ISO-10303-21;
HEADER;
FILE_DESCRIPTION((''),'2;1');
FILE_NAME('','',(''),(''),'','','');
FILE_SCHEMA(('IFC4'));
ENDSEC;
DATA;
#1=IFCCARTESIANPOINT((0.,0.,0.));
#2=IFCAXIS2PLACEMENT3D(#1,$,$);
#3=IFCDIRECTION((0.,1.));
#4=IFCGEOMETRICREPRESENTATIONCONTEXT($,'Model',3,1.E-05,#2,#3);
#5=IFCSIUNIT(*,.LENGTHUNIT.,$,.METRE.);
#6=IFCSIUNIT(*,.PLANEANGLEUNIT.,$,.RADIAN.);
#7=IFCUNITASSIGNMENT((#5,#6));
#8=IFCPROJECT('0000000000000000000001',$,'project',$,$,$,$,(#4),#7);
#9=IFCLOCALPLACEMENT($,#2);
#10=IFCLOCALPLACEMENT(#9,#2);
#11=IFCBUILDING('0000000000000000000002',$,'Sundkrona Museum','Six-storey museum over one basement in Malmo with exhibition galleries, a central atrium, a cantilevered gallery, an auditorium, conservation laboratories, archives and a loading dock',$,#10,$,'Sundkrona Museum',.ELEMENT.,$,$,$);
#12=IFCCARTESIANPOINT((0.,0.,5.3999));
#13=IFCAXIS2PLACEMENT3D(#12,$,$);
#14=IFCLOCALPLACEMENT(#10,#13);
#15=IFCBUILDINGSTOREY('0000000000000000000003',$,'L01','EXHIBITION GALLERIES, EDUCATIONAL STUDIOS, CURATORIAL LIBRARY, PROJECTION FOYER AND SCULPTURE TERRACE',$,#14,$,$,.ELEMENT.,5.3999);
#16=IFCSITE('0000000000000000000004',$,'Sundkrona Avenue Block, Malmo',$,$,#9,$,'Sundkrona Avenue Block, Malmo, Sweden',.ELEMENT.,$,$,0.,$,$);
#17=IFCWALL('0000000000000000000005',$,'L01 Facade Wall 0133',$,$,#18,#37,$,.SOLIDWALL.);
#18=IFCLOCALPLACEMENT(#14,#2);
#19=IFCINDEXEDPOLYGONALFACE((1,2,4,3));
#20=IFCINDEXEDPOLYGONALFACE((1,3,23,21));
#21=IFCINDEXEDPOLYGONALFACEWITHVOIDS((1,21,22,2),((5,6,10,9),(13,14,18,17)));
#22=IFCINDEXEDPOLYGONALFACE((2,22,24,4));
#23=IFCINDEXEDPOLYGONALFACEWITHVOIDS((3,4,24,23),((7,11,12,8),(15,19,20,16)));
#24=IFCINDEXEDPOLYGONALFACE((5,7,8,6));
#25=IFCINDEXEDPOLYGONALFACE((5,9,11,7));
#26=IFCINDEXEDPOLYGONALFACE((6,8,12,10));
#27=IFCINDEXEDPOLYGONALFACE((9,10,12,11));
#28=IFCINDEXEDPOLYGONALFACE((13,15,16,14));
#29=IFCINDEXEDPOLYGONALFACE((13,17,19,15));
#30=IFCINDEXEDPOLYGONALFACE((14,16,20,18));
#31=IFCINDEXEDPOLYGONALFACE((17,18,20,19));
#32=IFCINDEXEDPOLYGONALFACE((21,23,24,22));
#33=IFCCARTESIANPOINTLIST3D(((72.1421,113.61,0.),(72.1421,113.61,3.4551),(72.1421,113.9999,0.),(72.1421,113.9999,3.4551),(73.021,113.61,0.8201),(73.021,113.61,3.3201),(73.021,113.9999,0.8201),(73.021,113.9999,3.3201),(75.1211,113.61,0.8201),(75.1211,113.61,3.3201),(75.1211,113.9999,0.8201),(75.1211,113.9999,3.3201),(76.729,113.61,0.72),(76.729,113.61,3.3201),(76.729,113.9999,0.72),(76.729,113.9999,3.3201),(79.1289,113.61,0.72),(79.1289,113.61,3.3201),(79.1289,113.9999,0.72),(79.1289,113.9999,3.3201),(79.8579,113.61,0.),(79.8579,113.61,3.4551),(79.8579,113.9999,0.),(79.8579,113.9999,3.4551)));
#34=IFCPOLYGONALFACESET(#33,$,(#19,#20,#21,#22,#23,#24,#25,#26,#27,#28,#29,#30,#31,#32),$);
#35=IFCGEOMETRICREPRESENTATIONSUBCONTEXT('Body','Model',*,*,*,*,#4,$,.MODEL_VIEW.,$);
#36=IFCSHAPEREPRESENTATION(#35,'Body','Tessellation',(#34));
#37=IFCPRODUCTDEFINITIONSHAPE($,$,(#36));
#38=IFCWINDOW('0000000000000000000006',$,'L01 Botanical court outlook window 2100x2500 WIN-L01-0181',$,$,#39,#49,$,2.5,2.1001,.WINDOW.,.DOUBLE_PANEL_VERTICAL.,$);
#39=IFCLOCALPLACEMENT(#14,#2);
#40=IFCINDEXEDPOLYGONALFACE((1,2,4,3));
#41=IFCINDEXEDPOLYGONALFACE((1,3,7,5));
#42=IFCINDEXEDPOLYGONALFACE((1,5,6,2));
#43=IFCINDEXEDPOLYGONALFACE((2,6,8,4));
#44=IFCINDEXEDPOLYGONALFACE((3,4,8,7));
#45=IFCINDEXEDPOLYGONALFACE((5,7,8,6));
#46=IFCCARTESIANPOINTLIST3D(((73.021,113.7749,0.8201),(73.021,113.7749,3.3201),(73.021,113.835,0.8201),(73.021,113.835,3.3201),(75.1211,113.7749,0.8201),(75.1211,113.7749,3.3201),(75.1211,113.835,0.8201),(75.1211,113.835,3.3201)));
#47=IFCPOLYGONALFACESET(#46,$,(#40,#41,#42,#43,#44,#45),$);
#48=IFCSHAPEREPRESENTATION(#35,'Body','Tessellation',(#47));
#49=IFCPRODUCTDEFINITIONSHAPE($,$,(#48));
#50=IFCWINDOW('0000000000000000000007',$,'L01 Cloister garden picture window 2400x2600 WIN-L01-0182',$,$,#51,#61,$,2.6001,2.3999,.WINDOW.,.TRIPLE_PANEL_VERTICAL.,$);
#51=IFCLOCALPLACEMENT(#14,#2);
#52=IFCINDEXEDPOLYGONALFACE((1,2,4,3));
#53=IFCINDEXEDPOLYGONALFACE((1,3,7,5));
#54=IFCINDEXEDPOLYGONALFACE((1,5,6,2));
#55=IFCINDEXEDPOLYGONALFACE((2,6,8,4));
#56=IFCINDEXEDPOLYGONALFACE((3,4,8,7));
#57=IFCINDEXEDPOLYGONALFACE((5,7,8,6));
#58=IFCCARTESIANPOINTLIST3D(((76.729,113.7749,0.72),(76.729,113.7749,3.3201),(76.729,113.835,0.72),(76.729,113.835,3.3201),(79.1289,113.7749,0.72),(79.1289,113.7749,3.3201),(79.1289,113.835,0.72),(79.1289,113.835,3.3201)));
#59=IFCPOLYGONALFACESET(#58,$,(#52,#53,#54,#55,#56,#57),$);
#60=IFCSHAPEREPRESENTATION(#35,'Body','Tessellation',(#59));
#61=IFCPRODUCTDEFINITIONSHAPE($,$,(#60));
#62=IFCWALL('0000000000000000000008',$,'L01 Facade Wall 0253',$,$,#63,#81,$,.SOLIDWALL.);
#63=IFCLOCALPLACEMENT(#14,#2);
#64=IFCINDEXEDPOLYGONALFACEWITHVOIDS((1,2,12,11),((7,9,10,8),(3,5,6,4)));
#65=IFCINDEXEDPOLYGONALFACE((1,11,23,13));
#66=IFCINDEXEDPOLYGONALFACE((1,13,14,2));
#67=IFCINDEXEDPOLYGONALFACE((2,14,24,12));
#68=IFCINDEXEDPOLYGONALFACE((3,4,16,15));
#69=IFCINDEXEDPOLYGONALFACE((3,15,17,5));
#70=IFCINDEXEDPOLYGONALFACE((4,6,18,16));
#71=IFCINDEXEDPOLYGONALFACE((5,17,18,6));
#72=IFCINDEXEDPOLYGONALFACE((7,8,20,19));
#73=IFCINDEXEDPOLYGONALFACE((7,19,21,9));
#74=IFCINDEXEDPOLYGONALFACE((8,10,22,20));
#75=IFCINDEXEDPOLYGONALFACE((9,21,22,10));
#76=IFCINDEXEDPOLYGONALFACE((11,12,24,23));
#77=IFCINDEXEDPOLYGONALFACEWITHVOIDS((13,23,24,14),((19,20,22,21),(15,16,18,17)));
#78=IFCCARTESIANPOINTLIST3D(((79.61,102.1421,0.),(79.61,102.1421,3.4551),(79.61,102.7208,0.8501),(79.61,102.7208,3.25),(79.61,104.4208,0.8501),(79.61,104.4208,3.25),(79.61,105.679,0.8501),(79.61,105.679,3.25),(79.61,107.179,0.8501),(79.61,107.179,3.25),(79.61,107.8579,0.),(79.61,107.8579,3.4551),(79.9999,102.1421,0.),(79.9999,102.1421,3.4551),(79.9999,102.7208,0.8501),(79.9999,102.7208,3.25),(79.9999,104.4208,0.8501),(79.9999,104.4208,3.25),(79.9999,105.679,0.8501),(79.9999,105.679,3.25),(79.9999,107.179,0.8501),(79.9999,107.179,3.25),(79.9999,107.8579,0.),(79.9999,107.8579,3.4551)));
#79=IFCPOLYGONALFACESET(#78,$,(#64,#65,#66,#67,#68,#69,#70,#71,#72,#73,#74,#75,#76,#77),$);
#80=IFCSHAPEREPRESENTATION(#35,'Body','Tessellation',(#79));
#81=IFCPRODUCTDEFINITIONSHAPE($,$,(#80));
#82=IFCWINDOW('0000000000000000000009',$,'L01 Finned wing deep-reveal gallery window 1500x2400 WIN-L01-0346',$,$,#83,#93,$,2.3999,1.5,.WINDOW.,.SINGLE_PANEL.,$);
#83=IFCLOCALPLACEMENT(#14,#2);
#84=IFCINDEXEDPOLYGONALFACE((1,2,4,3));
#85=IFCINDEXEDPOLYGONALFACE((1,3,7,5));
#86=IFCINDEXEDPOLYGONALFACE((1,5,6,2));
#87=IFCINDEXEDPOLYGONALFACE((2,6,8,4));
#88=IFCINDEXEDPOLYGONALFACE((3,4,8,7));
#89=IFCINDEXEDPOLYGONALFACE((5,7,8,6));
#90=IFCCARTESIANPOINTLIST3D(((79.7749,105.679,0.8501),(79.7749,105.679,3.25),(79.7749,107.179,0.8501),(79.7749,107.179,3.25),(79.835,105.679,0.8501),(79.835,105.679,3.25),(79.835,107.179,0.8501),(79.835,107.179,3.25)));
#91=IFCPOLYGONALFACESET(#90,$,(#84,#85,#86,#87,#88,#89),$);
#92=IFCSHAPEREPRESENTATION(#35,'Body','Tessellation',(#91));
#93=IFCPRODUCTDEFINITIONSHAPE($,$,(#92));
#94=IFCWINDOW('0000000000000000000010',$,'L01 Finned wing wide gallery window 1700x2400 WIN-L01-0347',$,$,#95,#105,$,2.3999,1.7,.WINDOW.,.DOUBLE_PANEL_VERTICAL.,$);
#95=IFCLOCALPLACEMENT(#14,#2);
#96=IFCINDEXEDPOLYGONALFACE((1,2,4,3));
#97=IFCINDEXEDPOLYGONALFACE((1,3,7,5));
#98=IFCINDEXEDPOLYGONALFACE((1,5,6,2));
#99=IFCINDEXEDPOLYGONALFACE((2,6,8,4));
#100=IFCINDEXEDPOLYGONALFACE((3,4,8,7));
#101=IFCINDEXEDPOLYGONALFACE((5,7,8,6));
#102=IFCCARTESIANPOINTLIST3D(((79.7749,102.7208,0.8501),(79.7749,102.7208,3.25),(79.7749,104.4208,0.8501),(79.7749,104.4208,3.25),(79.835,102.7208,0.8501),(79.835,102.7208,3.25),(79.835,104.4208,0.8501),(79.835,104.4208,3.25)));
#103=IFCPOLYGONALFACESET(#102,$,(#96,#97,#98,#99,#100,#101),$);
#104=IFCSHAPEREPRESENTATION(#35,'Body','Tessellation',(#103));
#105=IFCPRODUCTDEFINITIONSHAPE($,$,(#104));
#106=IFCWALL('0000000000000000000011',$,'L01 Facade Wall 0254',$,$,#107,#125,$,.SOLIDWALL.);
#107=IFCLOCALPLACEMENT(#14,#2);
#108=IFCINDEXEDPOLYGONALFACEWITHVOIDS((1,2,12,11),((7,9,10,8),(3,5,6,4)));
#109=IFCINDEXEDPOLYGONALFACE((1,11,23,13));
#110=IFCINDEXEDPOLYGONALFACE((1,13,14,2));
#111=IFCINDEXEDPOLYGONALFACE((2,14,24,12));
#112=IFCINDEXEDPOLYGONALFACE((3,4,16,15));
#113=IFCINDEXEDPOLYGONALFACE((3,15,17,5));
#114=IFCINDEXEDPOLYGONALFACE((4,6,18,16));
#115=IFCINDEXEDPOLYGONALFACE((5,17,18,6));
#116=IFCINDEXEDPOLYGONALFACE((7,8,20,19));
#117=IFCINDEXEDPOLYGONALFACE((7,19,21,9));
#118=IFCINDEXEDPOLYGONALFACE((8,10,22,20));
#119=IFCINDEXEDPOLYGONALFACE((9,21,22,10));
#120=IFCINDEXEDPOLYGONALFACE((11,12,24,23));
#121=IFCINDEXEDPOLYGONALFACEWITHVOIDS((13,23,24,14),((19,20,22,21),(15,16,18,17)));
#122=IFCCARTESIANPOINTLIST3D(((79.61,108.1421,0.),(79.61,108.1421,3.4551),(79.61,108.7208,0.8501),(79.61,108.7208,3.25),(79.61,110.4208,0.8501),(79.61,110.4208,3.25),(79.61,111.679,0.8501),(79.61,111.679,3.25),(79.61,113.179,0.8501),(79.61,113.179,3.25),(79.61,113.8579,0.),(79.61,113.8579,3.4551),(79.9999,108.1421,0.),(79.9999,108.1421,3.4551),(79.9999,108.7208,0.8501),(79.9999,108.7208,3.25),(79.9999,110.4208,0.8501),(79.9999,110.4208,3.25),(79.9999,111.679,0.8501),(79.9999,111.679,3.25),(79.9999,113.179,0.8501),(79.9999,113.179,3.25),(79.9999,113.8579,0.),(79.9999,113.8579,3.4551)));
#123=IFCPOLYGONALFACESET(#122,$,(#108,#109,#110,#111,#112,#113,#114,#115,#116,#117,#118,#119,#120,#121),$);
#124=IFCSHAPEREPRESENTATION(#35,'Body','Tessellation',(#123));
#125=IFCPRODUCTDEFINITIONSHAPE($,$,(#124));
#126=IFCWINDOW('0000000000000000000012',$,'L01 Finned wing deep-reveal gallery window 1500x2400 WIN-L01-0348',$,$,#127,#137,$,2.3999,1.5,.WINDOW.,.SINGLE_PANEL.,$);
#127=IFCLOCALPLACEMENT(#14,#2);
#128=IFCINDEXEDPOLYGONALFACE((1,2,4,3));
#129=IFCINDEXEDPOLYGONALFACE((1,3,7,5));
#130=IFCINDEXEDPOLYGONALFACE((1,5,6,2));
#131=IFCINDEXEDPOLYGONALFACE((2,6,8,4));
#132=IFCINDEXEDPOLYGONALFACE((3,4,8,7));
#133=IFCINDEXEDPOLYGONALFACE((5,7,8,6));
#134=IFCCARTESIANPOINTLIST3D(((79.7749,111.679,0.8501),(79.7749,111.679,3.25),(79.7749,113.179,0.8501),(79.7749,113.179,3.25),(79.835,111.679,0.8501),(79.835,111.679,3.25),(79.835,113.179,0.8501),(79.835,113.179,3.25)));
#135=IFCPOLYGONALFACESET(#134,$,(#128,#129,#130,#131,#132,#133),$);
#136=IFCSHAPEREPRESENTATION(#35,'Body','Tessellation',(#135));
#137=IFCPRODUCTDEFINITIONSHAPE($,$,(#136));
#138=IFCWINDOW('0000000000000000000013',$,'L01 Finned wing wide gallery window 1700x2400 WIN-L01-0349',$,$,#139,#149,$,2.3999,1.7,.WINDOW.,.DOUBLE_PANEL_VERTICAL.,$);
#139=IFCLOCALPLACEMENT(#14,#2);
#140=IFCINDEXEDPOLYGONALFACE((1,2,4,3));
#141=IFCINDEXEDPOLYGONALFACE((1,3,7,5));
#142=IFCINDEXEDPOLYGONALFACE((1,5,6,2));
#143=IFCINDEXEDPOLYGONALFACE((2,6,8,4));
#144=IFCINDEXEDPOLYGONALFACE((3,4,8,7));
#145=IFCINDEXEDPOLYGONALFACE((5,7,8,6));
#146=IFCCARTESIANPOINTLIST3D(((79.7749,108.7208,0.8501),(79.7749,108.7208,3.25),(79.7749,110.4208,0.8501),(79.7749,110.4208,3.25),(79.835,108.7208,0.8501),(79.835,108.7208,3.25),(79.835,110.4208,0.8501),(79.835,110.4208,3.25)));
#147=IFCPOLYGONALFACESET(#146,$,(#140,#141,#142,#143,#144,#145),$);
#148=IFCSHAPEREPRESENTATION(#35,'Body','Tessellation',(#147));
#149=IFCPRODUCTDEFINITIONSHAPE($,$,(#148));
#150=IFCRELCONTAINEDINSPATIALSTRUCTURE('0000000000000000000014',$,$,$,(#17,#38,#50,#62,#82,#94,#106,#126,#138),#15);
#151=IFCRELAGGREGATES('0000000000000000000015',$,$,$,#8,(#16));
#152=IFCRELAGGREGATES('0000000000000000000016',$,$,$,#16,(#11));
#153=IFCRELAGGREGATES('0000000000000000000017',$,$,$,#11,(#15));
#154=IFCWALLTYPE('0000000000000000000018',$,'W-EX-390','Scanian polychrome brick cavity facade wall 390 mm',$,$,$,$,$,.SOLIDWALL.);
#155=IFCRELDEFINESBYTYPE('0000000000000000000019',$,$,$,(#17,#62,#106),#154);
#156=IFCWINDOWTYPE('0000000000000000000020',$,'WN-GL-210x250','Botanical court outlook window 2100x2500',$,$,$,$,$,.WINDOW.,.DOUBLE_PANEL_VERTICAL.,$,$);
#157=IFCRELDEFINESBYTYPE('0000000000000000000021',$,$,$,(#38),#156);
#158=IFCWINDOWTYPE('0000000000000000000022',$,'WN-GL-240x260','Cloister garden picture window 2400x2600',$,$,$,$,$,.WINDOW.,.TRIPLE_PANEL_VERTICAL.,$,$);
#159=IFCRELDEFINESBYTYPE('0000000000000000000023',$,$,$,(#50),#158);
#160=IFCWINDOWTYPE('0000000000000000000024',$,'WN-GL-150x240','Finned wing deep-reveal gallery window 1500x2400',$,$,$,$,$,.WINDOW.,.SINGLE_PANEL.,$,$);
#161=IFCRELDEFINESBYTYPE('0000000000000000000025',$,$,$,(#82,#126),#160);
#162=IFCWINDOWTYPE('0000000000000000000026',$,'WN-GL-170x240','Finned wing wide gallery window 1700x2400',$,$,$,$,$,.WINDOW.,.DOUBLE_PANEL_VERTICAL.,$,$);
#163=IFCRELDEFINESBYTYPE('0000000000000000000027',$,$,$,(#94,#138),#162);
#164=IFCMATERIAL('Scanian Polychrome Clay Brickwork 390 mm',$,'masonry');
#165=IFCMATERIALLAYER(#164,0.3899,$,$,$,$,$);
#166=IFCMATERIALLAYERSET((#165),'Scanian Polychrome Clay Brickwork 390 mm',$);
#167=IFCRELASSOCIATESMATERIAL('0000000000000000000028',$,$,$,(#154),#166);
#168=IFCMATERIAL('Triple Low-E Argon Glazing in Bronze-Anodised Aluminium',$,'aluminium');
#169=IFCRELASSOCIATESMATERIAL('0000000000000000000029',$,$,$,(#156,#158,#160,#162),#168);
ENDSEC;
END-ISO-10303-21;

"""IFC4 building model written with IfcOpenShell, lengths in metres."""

from ifc_helpers import new_model, si_unit, direction, frame, frame_2d, origin, place, context, subcontext, project, spatial, rectangle, extrude, material, layer, layer_set, type_object, element, fill, save


model = new_model("IFC4")

# Units and contexts
model_context = context("Model", 3, precision=1e-05, world=origin(), true_north=direction((0.0, 1.0)))
body_context = subcontext(model_context, "Body", "Model", "MODEL_VIEW")
ifc_project = project(units=[si_unit("LENGTHUNIT", "METRE"), si_unit("PLANEANGLEUNIT", "RADIAN")], contexts=[model_context])

# Site, building, storey
site_placement = place(None, origin())
site = spatial("IfcSite", under=ifc_project, at=site_placement, Name="Sundkrona Avenue Block, Malmo", LongName="Sundkrona Avenue Block, Malmo, Sweden", CompositionType="ELEMENT", RefElevation=0.0)
building_placement = place(site_placement, origin())
building = spatial("IfcBuilding", under=site, at=building_placement, Name="Sundkrona Museum", Description="Six-storey museum over one basement in Malmo with exhibition galleries, a central atrium, a cantilevered gallery, an auditorium, conservation laboratories, archives and a loading dock", LongName="Sundkrona Museum", CompositionType="ELEMENT")
storey_placement = place(building_placement, frame((0.0, 0.0, 5.3999)))
storey = spatial("IfcBuildingStorey", under=building, at=storey_placement, Name="L01", Description="EXHIBITION GALLERIES, EDUCATIONAL STUDIOS, CURATORIAL LIBRARY, PROJECTION FOYER AND SCULPTURE TERRACE", CompositionType="ELEMENT", Elevation=5.3999)

# Walls, openings, windows
ifc_material_1 = material(Name="Scanian Polychrome Clay Brickwork 390 mm", Category="masonry")
ifc_layer = layer(ifc_material_1, 0.3899)
ifc_layer_set = layer_set([ifc_layer], Name="Scanian Polychrome Clay Brickwork 390 mm")
wall_type = type_object("IfcWallType", Name="W-EX-390", Description="Scanian polychrome brick cavity facade wall 390 mm", PredefinedType="SOLIDWALL", material=ifc_layer_set)
wall_1_placement = place(storey_placement, frame((72.1421, 113.8049, 0.0), z_axis=(0.0, 0.0, 1.0), x_axis=(1.0, 0.0, 0.0)))
wall_1 = element("IfcWall", 1, at=wall_1_placement, inside=storey, type_object=wall_type, Name="L01 Facade Wall 0133", PredefinedType="SOLIDWALL", context=body_context, shape_type="SweptSolid", body=[
    extrude(rectangle(XDim=7.7158, YDim=0.3899, at=frame_2d((3.8579, 0.0))), origin(), (0.0, 0.0, 1.0), 3.4551),
])
opening_1_placement = place(wall_1_placement, frame((0.8789, 0.0, 0.8201)))
opening_1 = element("IfcOpeningElement", 2, at=opening_1_placement, cuts=wall_1, PredefinedType="OPENING", context=body_context, shape_type="SweptSolid", body=[
    extrude(rectangle(XDim=2.1001, YDim=2.5, at=frame_2d((1.05, 1.25))), frame((0.0, 0.2048, 0.0), z_axis=(0.0, -1.0, 0.0), x_axis=(1.0, 0.0, 0.0)), (0.0, 0.0, 1.0), 0.4099),
])
opening_2_placement = place(wall_1_placement, frame((4.5869, 0.0, 0.72)))
opening_2 = element("IfcOpeningElement", 3, at=opening_2_placement, cuts=wall_1, PredefinedType="OPENING", context=body_context, shape_type="SweptSolid", body=[
    extrude(rectangle(XDim=2.3999, YDim=2.6001, at=frame_2d((1.2, 1.3))), frame((0.0, 0.2048, 0.0), z_axis=(0.0, -1.0, 0.0), x_axis=(1.0, 0.0, 0.0)), (0.0, 0.0, 1.0), 0.4099),
])
ifc_material_2 = material(Name="Triple Low-E Argon Glazing in Bronze-Anodised Aluminium", Category="aluminium")
window_type_1 = type_object("IfcWindowType", Name="WN-GL-210x250", Description="Botanical court outlook window 2100x2500", PartitioningType="DOUBLE_PANEL_VERTICAL", PredefinedType="WINDOW", material=ifc_material_2)
window_1_placement = place(opening_1_placement, origin())
window_1 = element("IfcWindow", 4, at=window_1_placement, inside=storey, type_object=window_type_1, Name="L01 Botanical court outlook window 2100x2500 WIN-L01-0181", OverallHeight=2.5, OverallWidth=2.1001, PartitioningType="DOUBLE_PANEL_VERTICAL", PredefinedType="WINDOW", context=body_context, shape_type="SweptSolid", body=[
    extrude(rectangle(XDim=2.1001, YDim=2.5, at=frame_2d((1.05, 1.25))), frame((0.0, 0.03, 0.0), z_axis=(0.0, -1.0, 0.0), x_axis=(1.0, 0.0, 0.0)), (0.0, 0.0, 1.0), 0.0601),
])
fill(opening_1, window_1)
window_type_2 = type_object("IfcWindowType", Name="WN-GL-240x260", Description="Cloister garden picture window 2400x2600", PartitioningType="TRIPLE_PANEL_VERTICAL", PredefinedType="WINDOW", material=ifc_material_2)
window_2_placement = place(opening_2_placement, origin())
window_2 = element("IfcWindow", 5, at=window_2_placement, inside=storey, type_object=window_type_2, Name="L01 Cloister garden picture window 2400x2600 WIN-L01-0182", OverallHeight=2.6001, OverallWidth=2.3999, PartitioningType="TRIPLE_PANEL_VERTICAL", PredefinedType="WINDOW", context=body_context, shape_type="SweptSolid", body=[
    extrude(rectangle(XDim=2.3999, YDim=2.6001, at=frame_2d((1.2, 1.3))), frame((0.0, 0.03, 0.0), z_axis=(0.0, -1.0, 0.0), x_axis=(1.0, 0.0, 0.0)), (0.0, 0.0, 1.0), 0.0601),
])
fill(opening_2, window_2)
wall_2_placement = place(storey_placement, frame((79.8049, 107.8579, 0.0), z_axis=(0.0, 0.0, 1.0), x_axis=(0.0, -1.0, 0.0)))
wall_2 = element("IfcWall", 6, at=wall_2_placement, inside=storey, type_object=wall_type, Name="L01 Facade Wall 0253", PredefinedType="SOLIDWALL", context=body_context, shape_type="SweptSolid", body=[
    extrude(rectangle(XDim=5.7158, YDim=0.3899, at=frame_2d((2.8579, 0.0))), origin(), (0.0, 0.0, 1.0), 3.4551),
])
opening_3_placement = place(wall_2_placement, frame((0.679, 0.0, 0.8501)))
opening_3 = element("IfcOpeningElement", 7, at=opening_3_placement, cuts=wall_2, PredefinedType="OPENING", context=body_context, shape_type="SweptSolid", body=[
    extrude(rectangle(XDim=1.5, YDim=2.3999, at=frame_2d((0.75, 1.2))), frame((0.0, 0.2048, 0.0), z_axis=(0.0, -1.0, 0.0), x_axis=(1.0, 0.0, 0.0)), (0.0, 0.0, 1.0), 0.4099),
])
opening_4_placement = place(wall_2_placement, frame((3.437, 0.0, 0.8501)))
opening_4 = element("IfcOpeningElement", 8, at=opening_4_placement, cuts=wall_2, PredefinedType="OPENING", context=body_context, shape_type="SweptSolid", body=[
    extrude(rectangle(XDim=1.7, YDim=2.3999, at=frame_2d((0.8501, 1.2))), frame((0.0, 0.2048, 0.0), z_axis=(0.0, -1.0, 0.0), x_axis=(1.0, 0.0, 0.0)), (0.0, 0.0, 1.0), 0.4099),
])
window_type_3 = type_object("IfcWindowType", Name="WN-GL-150x240", Description="Finned wing deep-reveal gallery window 1500x2400", PartitioningType="SINGLE_PANEL", PredefinedType="WINDOW", material=ifc_material_2)
window_3_placement = place(opening_3_placement, origin())
window_3 = element("IfcWindow", 9, at=window_3_placement, inside=storey, type_object=window_type_3, Name="L01 Finned wing deep-reveal gallery window 1500x2400 WIN-L01-0346", OverallHeight=2.3999, OverallWidth=1.5, PartitioningType="SINGLE_PANEL", PredefinedType="WINDOW", context=body_context, shape_type="SweptSolid", body=[
    extrude(rectangle(XDim=1.5, YDim=2.3999, at=frame_2d((0.75, 1.2))), frame((0.0, 0.03, 0.0), z_axis=(0.0, -1.0, 0.0), x_axis=(1.0, 0.0, 0.0)), (0.0, 0.0, 1.0), 0.0601),
])
fill(opening_3, window_3)
window_type_4 = type_object("IfcWindowType", Name="WN-GL-170x240", Description="Finned wing wide gallery window 1700x2400", PartitioningType="DOUBLE_PANEL_VERTICAL", PredefinedType="WINDOW", material=ifc_material_2)
window_4_placement = place(opening_4_placement, origin())
window_4 = element("IfcWindow", 10, at=window_4_placement, inside=storey, type_object=window_type_4, Name="L01 Finned wing wide gallery window 1700x2400 WIN-L01-0347", OverallHeight=2.3999, OverallWidth=1.7, PartitioningType="DOUBLE_PANEL_VERTICAL", PredefinedType="WINDOW", context=body_context, shape_type="SweptSolid", body=[
    extrude(rectangle(XDim=1.7, YDim=2.3999, at=frame_2d((0.8501, 1.2))), frame((0.0, 0.03, 0.0), z_axis=(0.0, -1.0, 0.0), x_axis=(1.0, 0.0, 0.0)), (0.0, 0.0, 1.0), 0.0601),
])
fill(opening_4, window_4)
wall_3_placement = place(storey_placement, frame((79.8049, 113.8579, 0.0), z_axis=(0.0, 0.0, 1.0), x_axis=(0.0, -1.0, 0.0)))
wall_3 = element("IfcWall", 11, at=wall_3_placement, inside=storey, type_object=wall_type, Name="L01 Facade Wall 0254", PredefinedType="SOLIDWALL", context=body_context, shape_type="SweptSolid", body=[
    extrude(rectangle(XDim=5.7158, YDim=0.3899, at=frame_2d((2.8579, 0.0))), origin(), (0.0, 0.0, 1.0), 3.4551),
])
opening_5_placement = place(wall_3_placement, frame((0.679, 0.0, 0.8501)))
opening_5 = element("IfcOpeningElement", 12, at=opening_5_placement, cuts=wall_3, PredefinedType="OPENING", context=body_context, shape_type="SweptSolid", body=[
    extrude(rectangle(XDim=1.5, YDim=2.3999, at=frame_2d((0.75, 1.2))), frame((0.0, 0.2048, 0.0), z_axis=(0.0, -1.0, 0.0), x_axis=(1.0, 0.0, 0.0)), (0.0, 0.0, 1.0), 0.4099),
])
opening_6_placement = place(wall_3_placement, frame((3.437, 0.0, 0.8501)))
opening_6 = element("IfcOpeningElement", 13, at=opening_6_placement, cuts=wall_3, PredefinedType="OPENING", context=body_context, shape_type="SweptSolid", body=[
    extrude(rectangle(XDim=1.7, YDim=2.3999, at=frame_2d((0.8501, 1.2))), frame((0.0, 0.2048, 0.0), z_axis=(0.0, -1.0, 0.0), x_axis=(1.0, 0.0, 0.0)), (0.0, 0.0, 1.0), 0.4099),
])
window_5_placement = place(opening_5_placement, origin())
window_5 = element("IfcWindow", 14, at=window_5_placement, inside=storey, type_object=window_type_3, Name="L01 Finned wing deep-reveal gallery window 1500x2400 WIN-L01-0348", OverallHeight=2.3999, OverallWidth=1.5, PartitioningType="SINGLE_PANEL", PredefinedType="WINDOW", context=body_context, shape_type="SweptSolid", body=[
    extrude(rectangle(XDim=1.5, YDim=2.3999, at=frame_2d((0.75, 1.2))), frame((0.0, 0.03, 0.0), z_axis=(0.0, -1.0, 0.0), x_axis=(1.0, 0.0, 0.0)), (0.0, 0.0, 1.0), 0.0601),
])
fill(opening_5, window_5)
window_6_placement = place(opening_6_placement, origin())
window_6 = element("IfcWindow", 15, at=window_6_placement, inside=storey, type_object=window_type_4, Name="L01 Finned wing wide gallery window 1700x2400 WIN-L01-0349", OverallHeight=2.3999, OverallWidth=1.7, PartitioningType="DOUBLE_PANEL_VERTICAL", PredefinedType="WINDOW", context=body_context, shape_type="SweptSolid", body=[
    extrude(rectangle(XDim=1.7, YDim=2.3999, at=frame_2d((0.8501, 1.2))), frame((0.0, 0.03, 0.0), z_axis=(0.0, -1.0, 0.0), x_axis=(1.0, 0.0, 0.0)), (0.0, 0.0, 1.0), 0.0601),
])
fill(opening_6, window_6)

save(model, "model.ifc")
